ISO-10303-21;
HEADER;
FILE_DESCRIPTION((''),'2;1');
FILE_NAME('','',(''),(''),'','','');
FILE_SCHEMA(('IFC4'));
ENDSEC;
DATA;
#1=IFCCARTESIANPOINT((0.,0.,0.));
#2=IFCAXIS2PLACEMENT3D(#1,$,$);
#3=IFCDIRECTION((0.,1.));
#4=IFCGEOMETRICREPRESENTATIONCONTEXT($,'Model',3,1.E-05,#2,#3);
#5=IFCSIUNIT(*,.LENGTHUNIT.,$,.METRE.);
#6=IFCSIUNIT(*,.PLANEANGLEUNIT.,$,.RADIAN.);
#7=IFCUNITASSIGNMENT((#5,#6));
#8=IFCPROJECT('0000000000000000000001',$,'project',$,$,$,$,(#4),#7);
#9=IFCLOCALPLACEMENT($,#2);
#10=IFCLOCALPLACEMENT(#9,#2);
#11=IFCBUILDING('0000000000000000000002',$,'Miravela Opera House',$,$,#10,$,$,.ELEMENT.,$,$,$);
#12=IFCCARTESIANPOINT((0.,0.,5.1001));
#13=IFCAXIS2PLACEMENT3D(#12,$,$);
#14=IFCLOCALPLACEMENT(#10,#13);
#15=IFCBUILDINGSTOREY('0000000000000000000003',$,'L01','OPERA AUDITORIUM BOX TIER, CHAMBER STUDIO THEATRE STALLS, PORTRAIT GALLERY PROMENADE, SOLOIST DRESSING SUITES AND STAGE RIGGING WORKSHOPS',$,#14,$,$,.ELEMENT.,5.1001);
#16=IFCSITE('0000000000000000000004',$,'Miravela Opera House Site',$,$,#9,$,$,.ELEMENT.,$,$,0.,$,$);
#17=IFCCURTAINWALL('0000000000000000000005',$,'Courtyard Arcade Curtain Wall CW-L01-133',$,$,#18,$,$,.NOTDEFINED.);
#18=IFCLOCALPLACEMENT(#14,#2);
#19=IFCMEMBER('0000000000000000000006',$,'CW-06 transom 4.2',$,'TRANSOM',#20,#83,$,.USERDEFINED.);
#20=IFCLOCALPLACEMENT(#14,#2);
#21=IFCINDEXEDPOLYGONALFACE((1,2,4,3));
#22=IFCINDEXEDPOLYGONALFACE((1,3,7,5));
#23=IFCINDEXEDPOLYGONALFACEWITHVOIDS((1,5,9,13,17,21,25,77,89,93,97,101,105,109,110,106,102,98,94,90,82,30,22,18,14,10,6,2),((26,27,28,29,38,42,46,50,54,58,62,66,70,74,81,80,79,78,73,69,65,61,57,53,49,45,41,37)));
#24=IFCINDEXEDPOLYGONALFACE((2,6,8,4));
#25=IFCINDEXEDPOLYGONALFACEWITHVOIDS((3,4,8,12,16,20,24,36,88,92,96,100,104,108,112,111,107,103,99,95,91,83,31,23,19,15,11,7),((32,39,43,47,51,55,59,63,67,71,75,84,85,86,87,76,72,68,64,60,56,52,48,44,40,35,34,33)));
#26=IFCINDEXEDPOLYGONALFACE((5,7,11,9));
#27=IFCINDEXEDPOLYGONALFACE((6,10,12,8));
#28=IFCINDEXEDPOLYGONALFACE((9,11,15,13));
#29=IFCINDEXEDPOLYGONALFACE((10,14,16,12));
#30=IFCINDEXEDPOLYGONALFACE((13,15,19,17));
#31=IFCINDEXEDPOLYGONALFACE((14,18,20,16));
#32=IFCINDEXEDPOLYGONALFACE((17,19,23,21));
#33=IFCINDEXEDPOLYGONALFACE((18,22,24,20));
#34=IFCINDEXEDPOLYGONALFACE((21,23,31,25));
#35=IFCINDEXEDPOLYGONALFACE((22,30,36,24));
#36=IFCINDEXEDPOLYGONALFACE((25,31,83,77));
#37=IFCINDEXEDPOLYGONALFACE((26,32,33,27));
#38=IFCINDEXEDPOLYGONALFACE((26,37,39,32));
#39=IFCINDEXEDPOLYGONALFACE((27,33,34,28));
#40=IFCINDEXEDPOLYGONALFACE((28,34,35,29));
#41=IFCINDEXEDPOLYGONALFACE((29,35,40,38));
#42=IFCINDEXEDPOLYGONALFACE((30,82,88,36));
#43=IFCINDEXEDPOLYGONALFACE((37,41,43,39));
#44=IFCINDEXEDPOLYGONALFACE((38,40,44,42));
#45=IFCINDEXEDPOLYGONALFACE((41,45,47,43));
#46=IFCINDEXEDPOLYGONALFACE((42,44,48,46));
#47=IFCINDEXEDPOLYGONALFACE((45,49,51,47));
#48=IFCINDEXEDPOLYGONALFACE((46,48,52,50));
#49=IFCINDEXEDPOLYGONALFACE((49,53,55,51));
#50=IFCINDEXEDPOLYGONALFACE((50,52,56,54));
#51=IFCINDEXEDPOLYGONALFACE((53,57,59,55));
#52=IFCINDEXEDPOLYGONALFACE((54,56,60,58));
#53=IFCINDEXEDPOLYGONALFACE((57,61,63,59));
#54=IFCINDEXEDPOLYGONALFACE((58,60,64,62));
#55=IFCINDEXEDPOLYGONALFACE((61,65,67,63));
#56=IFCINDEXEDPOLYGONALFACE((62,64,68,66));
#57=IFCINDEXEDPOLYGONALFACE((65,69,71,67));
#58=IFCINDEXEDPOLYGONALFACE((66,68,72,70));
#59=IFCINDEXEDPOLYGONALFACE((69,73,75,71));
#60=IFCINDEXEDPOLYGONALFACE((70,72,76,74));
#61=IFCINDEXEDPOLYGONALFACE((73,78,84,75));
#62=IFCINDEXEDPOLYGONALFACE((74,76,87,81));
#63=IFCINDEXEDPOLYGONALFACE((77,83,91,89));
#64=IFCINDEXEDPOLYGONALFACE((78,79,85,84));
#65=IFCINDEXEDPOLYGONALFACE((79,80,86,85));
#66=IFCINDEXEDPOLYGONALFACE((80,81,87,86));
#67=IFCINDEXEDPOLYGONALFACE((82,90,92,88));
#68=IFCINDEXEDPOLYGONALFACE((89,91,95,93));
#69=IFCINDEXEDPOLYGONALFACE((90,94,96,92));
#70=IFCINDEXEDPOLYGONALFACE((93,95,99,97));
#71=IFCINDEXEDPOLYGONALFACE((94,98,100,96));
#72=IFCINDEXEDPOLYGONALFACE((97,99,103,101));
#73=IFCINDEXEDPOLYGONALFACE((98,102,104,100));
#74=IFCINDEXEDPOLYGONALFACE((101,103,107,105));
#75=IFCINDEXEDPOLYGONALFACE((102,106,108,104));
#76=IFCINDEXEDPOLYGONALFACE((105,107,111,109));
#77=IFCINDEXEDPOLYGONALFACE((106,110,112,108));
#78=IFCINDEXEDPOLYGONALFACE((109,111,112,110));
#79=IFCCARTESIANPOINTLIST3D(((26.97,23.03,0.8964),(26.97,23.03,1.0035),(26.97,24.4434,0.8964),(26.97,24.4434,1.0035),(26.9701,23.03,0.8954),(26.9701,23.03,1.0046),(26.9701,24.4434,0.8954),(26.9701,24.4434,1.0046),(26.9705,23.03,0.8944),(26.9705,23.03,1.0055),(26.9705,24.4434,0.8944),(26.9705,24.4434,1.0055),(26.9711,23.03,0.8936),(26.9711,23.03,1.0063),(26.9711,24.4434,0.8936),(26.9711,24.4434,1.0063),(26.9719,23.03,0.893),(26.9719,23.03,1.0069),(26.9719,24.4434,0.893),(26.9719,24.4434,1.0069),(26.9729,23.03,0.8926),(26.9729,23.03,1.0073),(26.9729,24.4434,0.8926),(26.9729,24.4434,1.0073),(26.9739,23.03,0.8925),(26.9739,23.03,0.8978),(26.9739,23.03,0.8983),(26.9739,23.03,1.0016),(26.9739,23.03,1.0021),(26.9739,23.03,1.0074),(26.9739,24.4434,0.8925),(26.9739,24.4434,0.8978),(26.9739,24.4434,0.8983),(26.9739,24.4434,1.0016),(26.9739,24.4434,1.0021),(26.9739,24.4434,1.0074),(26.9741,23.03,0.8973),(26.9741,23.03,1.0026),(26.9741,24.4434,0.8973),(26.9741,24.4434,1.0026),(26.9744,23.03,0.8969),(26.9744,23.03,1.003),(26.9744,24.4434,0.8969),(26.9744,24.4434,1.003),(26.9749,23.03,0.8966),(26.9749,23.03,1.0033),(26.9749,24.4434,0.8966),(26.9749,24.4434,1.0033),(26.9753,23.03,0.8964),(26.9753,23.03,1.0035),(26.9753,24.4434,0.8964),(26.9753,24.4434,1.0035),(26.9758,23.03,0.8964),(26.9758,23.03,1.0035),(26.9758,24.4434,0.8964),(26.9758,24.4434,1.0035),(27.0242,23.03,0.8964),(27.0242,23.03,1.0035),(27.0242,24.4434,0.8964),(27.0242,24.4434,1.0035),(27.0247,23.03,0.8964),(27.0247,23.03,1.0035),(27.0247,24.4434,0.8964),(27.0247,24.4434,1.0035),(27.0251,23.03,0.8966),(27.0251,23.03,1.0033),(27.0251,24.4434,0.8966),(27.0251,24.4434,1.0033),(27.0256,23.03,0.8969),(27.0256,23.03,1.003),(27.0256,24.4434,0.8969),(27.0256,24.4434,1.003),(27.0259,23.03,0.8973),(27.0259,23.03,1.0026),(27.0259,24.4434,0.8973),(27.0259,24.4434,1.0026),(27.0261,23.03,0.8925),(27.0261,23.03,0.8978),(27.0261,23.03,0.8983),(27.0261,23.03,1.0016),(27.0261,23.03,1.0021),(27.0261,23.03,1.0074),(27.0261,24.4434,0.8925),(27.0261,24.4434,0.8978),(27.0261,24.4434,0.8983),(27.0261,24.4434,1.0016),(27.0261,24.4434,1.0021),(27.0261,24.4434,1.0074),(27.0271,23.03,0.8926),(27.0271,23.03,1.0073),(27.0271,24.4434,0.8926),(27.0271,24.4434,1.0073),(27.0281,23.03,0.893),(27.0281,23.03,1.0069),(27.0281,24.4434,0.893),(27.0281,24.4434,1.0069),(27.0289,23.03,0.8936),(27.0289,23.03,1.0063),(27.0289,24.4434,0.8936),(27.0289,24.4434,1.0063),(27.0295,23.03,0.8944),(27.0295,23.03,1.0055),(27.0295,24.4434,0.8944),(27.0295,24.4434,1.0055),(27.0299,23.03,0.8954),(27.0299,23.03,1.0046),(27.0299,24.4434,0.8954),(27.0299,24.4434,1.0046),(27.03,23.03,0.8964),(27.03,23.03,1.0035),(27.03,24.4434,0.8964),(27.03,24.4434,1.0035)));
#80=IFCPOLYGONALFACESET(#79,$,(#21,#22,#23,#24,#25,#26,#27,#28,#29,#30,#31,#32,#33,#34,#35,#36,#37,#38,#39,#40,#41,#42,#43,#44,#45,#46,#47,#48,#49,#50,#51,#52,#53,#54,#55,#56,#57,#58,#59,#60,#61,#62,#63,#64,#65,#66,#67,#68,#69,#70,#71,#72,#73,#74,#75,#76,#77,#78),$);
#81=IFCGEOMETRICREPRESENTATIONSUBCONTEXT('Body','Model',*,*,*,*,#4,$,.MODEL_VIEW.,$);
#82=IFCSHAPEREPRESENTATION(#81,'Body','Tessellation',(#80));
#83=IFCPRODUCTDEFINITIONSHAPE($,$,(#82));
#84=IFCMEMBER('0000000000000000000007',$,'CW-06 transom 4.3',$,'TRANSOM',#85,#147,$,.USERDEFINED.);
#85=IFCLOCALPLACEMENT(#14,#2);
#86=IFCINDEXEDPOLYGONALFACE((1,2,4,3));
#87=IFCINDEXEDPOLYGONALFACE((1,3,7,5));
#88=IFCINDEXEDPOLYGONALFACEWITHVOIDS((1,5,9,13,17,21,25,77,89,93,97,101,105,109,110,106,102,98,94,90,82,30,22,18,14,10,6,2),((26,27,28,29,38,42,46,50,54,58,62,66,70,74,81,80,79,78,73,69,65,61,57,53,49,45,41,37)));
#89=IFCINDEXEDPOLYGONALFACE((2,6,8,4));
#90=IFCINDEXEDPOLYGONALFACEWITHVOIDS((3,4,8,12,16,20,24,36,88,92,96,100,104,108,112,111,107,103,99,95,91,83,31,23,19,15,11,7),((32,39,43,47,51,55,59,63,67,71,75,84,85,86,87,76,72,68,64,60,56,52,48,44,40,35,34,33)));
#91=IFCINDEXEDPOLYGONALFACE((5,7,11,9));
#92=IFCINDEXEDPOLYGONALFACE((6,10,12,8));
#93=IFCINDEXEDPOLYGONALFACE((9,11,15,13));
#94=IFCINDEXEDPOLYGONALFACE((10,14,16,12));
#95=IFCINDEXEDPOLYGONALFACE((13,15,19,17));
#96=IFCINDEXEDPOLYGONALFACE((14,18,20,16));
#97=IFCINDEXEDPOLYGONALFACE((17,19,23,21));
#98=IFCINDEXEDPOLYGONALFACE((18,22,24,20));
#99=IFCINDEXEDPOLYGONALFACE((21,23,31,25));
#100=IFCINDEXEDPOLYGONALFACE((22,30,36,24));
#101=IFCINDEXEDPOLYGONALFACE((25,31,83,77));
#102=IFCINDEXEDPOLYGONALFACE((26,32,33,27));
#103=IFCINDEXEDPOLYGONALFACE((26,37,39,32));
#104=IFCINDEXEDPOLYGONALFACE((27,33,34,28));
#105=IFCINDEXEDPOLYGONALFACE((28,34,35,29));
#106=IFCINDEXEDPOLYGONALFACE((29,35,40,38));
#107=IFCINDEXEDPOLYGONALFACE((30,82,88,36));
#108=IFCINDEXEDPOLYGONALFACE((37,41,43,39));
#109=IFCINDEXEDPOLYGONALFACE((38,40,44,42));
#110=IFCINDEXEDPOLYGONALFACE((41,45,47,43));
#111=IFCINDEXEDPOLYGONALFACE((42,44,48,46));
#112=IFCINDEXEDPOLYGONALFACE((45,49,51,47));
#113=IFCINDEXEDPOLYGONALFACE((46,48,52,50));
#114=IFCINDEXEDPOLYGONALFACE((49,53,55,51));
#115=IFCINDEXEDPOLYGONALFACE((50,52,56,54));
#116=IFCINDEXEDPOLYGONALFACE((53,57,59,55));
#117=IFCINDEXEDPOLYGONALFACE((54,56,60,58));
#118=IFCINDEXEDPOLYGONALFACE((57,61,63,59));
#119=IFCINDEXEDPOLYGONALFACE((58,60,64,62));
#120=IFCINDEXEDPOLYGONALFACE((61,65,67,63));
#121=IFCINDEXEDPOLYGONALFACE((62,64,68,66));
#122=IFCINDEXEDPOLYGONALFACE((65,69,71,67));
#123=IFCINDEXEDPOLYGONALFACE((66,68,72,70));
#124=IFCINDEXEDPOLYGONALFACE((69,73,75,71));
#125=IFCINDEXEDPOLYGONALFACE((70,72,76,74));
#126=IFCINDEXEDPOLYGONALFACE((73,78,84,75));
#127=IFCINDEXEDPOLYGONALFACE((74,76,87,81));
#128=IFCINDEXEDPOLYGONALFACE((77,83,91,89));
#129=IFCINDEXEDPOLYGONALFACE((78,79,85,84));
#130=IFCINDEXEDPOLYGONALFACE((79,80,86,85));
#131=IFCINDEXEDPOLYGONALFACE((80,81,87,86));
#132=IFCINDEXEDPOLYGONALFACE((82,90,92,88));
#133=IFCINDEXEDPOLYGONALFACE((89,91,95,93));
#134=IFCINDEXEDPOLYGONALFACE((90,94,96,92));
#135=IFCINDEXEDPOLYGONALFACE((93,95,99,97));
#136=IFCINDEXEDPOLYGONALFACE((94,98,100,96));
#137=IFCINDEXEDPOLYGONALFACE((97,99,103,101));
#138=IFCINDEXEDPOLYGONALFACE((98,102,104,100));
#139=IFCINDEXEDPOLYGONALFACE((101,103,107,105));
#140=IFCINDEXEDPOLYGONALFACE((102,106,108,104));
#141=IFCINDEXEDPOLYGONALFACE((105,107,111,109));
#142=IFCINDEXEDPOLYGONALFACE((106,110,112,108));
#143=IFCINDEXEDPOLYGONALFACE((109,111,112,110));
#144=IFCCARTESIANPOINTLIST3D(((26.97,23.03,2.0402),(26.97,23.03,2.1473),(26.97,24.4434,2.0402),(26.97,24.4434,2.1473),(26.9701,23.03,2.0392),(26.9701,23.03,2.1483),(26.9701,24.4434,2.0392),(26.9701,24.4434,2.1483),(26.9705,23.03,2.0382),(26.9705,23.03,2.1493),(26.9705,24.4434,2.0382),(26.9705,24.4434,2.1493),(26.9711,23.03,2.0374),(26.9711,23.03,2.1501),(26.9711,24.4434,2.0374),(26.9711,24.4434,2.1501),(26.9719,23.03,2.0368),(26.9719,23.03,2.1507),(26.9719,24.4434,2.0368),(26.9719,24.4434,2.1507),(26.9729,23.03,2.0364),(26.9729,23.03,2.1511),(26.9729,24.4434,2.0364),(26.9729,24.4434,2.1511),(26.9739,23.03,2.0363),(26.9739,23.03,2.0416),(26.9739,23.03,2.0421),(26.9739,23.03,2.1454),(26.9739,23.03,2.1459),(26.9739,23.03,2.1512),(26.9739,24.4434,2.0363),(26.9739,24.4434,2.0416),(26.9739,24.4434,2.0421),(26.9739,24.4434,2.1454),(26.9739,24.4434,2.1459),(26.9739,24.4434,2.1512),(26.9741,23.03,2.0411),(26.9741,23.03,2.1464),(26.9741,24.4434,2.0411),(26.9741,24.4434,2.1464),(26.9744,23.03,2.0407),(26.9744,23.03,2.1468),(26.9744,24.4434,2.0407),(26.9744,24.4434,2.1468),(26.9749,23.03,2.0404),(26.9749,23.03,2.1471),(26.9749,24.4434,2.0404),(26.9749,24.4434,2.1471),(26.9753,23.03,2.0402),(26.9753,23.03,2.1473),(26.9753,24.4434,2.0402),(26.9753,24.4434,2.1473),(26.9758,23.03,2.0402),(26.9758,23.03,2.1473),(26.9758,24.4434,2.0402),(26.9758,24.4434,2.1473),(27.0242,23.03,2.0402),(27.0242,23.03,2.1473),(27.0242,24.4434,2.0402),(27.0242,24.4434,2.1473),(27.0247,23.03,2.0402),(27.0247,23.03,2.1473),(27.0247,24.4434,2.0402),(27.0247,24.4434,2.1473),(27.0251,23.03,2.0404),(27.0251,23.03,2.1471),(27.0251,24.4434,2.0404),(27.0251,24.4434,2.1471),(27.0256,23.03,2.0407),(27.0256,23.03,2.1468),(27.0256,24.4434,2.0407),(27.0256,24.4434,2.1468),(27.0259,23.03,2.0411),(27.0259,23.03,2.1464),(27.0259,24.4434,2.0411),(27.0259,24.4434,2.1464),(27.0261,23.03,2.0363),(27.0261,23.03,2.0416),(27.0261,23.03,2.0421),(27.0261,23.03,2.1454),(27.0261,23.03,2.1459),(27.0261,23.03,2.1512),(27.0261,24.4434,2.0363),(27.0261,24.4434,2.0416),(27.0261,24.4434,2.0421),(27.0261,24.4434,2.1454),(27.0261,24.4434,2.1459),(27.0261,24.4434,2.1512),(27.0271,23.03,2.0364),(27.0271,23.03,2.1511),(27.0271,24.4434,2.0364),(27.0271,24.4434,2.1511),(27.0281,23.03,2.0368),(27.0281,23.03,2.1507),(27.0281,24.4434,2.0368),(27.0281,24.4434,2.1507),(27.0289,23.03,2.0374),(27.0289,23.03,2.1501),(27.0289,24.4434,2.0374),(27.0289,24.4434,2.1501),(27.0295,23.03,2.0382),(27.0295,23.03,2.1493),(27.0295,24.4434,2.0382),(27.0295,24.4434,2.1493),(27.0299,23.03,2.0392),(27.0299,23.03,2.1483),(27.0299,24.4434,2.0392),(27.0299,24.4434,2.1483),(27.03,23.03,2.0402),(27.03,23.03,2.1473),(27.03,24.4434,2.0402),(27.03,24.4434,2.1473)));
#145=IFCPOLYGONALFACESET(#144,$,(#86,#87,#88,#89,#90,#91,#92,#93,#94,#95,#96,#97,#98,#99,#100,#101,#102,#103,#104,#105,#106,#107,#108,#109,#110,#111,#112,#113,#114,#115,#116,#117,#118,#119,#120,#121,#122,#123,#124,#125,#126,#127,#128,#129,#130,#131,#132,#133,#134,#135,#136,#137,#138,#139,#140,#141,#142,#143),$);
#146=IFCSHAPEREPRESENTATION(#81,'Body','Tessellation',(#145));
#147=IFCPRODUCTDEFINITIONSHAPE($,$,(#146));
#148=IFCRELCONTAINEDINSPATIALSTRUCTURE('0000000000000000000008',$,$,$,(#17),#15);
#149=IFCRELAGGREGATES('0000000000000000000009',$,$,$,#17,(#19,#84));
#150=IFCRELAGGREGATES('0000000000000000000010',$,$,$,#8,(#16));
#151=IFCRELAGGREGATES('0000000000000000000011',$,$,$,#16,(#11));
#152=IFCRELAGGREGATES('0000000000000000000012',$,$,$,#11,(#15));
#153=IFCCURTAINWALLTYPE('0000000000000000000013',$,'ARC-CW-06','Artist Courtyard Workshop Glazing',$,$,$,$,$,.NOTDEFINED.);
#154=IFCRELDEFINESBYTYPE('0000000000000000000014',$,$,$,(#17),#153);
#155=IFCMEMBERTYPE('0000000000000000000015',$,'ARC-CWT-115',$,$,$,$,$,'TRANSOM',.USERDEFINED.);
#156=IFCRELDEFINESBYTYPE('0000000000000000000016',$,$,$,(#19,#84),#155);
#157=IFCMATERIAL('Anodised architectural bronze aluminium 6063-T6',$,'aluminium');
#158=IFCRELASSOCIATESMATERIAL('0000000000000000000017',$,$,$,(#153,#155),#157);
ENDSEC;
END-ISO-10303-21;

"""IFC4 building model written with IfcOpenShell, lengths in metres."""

from ifc_helpers import new_model, si_unit, direction, frame, origin, origin_2d, place, context, subcontext, project, spatial, hollow_rectangle, extrude, material, material_profile, profile_set, type_object, element, aggregate, save


model = new_model("IFC4")

# Units and contexts
model_context = context("Model", 3, precision=1e-05, world=origin(), true_north=direction((0.0, 1.0)))
body_context = subcontext(model_context, "Body", "Model", "MODEL_VIEW")
ifc_project = project(units=[si_unit("LENGTHUNIT", "METRE"), si_unit("PLANEANGLEUNIT", "RADIAN")], contexts=[model_context])

# Site, building, storey
site_placement = place(None, origin())
site = spatial("IfcSite", under=ifc_project, at=site_placement, Name="Miravela Opera House Site", CompositionType="ELEMENT", RefElevation=0.0)
building_placement = place(site_placement, origin())
building = spatial("IfcBuilding", under=site, at=building_placement, Name="Miravela Opera House", CompositionType="ELEMENT")
storey_placement = place(building_placement, frame((0.0, 0.0, 5.1001)))
storey = spatial("IfcBuildingStorey", under=building, at=storey_placement, Name="L01", Description="OPERA AUDITORIUM BOX TIER, CHAMBER STUDIO THEATRE STALLS, PORTRAIT GALLERY PROMENADE, SOLOIST DRESSING SUITES AND STAGE RIGGING WORKSHOPS", CompositionType="ELEMENT", Elevation=5.1001)

# Curtain wall, members
ifc_material_1 = material(Name="Anodised architectural bronze aluminium 6063-T6", Category="aluminium")
curtain_wall_type = type_object("IfcCurtainWallType", Name="ARC-CW-06", Description="Artist Courtyard Workshop Glazing", PredefinedType="NOTDEFINED", material=ifc_material_1)
curtain_wall_placement = place(storey_placement, origin())
curtain_wall = element("IfcCurtainWall", 1, at=curtain_wall_placement, inside=storey, type_object=curtain_wall_type, Name="Courtyard Arcade Curtain Wall CW-L01-133", PredefinedType="NOTDEFINED")
ifc_material_profile_1 = material_profile(ifc_material_1, hollow_rectangle(XDim=0.0601, YDim=0.115, WallThickness=0.0039, InnerFilletRadius=0.002, OuterFilletRadius=0.0039, at=origin_2d()), Name="CWT-60X115")
ifc_profile_set_1 = profile_set([ifc_material_profile_1])
member_type_1 = type_object("IfcMemberType", Name="ARC-CWT-115", ElementType="TRANSOM", PredefinedType="USERDEFINED", material=ifc_profile_set_1)
member_1_placement = place(storey_placement, frame((27.0, 23.03, 0.95), z_axis=(0.0, 1.0, 0.0), x_axis=(-1.0, 0.0, 0.0)))
member_1 = element("IfcMember", 2, at=member_1_placement, type_object=member_type_1, Name="CW-06 transom 4.2", ObjectType="TRANSOM", PredefinedType="USERDEFINED", context=body_context, shape_type="SweptSolid", body=[
    extrude(hollow_rectangle(XDim=0.0601, YDim=0.115, WallThickness=0.0039, InnerFilletRadius=0.002, OuterFilletRadius=0.0039, at=origin_2d()), origin(), (0.0, 0.0, 1.0), 1.4133),
])
member_2_placement = place(storey_placement, frame((27.0, 23.03, 2.0938), z_axis=(0.0, 1.0, 0.0), x_axis=(-1.0, 0.0, 0.0)))
member_2 = element("IfcMember", 3, at=member_2_placement, type_object=member_type_1, Name="CW-06 transom 4.3", ObjectType="TRANSOM", PredefinedType="USERDEFINED", context=body_context, shape_type="SweptSolid", body=[
    extrude(hollow_rectangle(XDim=0.0601, YDim=0.115, WallThickness=0.0039, InnerFilletRadius=0.002, OuterFilletRadius=0.0039, at=origin_2d()), origin(), (0.0, 0.0, 1.0), 1.4133),
])
aggregate(curtain_wall, [member_1, member_2])

save(model, "model.ifc")
